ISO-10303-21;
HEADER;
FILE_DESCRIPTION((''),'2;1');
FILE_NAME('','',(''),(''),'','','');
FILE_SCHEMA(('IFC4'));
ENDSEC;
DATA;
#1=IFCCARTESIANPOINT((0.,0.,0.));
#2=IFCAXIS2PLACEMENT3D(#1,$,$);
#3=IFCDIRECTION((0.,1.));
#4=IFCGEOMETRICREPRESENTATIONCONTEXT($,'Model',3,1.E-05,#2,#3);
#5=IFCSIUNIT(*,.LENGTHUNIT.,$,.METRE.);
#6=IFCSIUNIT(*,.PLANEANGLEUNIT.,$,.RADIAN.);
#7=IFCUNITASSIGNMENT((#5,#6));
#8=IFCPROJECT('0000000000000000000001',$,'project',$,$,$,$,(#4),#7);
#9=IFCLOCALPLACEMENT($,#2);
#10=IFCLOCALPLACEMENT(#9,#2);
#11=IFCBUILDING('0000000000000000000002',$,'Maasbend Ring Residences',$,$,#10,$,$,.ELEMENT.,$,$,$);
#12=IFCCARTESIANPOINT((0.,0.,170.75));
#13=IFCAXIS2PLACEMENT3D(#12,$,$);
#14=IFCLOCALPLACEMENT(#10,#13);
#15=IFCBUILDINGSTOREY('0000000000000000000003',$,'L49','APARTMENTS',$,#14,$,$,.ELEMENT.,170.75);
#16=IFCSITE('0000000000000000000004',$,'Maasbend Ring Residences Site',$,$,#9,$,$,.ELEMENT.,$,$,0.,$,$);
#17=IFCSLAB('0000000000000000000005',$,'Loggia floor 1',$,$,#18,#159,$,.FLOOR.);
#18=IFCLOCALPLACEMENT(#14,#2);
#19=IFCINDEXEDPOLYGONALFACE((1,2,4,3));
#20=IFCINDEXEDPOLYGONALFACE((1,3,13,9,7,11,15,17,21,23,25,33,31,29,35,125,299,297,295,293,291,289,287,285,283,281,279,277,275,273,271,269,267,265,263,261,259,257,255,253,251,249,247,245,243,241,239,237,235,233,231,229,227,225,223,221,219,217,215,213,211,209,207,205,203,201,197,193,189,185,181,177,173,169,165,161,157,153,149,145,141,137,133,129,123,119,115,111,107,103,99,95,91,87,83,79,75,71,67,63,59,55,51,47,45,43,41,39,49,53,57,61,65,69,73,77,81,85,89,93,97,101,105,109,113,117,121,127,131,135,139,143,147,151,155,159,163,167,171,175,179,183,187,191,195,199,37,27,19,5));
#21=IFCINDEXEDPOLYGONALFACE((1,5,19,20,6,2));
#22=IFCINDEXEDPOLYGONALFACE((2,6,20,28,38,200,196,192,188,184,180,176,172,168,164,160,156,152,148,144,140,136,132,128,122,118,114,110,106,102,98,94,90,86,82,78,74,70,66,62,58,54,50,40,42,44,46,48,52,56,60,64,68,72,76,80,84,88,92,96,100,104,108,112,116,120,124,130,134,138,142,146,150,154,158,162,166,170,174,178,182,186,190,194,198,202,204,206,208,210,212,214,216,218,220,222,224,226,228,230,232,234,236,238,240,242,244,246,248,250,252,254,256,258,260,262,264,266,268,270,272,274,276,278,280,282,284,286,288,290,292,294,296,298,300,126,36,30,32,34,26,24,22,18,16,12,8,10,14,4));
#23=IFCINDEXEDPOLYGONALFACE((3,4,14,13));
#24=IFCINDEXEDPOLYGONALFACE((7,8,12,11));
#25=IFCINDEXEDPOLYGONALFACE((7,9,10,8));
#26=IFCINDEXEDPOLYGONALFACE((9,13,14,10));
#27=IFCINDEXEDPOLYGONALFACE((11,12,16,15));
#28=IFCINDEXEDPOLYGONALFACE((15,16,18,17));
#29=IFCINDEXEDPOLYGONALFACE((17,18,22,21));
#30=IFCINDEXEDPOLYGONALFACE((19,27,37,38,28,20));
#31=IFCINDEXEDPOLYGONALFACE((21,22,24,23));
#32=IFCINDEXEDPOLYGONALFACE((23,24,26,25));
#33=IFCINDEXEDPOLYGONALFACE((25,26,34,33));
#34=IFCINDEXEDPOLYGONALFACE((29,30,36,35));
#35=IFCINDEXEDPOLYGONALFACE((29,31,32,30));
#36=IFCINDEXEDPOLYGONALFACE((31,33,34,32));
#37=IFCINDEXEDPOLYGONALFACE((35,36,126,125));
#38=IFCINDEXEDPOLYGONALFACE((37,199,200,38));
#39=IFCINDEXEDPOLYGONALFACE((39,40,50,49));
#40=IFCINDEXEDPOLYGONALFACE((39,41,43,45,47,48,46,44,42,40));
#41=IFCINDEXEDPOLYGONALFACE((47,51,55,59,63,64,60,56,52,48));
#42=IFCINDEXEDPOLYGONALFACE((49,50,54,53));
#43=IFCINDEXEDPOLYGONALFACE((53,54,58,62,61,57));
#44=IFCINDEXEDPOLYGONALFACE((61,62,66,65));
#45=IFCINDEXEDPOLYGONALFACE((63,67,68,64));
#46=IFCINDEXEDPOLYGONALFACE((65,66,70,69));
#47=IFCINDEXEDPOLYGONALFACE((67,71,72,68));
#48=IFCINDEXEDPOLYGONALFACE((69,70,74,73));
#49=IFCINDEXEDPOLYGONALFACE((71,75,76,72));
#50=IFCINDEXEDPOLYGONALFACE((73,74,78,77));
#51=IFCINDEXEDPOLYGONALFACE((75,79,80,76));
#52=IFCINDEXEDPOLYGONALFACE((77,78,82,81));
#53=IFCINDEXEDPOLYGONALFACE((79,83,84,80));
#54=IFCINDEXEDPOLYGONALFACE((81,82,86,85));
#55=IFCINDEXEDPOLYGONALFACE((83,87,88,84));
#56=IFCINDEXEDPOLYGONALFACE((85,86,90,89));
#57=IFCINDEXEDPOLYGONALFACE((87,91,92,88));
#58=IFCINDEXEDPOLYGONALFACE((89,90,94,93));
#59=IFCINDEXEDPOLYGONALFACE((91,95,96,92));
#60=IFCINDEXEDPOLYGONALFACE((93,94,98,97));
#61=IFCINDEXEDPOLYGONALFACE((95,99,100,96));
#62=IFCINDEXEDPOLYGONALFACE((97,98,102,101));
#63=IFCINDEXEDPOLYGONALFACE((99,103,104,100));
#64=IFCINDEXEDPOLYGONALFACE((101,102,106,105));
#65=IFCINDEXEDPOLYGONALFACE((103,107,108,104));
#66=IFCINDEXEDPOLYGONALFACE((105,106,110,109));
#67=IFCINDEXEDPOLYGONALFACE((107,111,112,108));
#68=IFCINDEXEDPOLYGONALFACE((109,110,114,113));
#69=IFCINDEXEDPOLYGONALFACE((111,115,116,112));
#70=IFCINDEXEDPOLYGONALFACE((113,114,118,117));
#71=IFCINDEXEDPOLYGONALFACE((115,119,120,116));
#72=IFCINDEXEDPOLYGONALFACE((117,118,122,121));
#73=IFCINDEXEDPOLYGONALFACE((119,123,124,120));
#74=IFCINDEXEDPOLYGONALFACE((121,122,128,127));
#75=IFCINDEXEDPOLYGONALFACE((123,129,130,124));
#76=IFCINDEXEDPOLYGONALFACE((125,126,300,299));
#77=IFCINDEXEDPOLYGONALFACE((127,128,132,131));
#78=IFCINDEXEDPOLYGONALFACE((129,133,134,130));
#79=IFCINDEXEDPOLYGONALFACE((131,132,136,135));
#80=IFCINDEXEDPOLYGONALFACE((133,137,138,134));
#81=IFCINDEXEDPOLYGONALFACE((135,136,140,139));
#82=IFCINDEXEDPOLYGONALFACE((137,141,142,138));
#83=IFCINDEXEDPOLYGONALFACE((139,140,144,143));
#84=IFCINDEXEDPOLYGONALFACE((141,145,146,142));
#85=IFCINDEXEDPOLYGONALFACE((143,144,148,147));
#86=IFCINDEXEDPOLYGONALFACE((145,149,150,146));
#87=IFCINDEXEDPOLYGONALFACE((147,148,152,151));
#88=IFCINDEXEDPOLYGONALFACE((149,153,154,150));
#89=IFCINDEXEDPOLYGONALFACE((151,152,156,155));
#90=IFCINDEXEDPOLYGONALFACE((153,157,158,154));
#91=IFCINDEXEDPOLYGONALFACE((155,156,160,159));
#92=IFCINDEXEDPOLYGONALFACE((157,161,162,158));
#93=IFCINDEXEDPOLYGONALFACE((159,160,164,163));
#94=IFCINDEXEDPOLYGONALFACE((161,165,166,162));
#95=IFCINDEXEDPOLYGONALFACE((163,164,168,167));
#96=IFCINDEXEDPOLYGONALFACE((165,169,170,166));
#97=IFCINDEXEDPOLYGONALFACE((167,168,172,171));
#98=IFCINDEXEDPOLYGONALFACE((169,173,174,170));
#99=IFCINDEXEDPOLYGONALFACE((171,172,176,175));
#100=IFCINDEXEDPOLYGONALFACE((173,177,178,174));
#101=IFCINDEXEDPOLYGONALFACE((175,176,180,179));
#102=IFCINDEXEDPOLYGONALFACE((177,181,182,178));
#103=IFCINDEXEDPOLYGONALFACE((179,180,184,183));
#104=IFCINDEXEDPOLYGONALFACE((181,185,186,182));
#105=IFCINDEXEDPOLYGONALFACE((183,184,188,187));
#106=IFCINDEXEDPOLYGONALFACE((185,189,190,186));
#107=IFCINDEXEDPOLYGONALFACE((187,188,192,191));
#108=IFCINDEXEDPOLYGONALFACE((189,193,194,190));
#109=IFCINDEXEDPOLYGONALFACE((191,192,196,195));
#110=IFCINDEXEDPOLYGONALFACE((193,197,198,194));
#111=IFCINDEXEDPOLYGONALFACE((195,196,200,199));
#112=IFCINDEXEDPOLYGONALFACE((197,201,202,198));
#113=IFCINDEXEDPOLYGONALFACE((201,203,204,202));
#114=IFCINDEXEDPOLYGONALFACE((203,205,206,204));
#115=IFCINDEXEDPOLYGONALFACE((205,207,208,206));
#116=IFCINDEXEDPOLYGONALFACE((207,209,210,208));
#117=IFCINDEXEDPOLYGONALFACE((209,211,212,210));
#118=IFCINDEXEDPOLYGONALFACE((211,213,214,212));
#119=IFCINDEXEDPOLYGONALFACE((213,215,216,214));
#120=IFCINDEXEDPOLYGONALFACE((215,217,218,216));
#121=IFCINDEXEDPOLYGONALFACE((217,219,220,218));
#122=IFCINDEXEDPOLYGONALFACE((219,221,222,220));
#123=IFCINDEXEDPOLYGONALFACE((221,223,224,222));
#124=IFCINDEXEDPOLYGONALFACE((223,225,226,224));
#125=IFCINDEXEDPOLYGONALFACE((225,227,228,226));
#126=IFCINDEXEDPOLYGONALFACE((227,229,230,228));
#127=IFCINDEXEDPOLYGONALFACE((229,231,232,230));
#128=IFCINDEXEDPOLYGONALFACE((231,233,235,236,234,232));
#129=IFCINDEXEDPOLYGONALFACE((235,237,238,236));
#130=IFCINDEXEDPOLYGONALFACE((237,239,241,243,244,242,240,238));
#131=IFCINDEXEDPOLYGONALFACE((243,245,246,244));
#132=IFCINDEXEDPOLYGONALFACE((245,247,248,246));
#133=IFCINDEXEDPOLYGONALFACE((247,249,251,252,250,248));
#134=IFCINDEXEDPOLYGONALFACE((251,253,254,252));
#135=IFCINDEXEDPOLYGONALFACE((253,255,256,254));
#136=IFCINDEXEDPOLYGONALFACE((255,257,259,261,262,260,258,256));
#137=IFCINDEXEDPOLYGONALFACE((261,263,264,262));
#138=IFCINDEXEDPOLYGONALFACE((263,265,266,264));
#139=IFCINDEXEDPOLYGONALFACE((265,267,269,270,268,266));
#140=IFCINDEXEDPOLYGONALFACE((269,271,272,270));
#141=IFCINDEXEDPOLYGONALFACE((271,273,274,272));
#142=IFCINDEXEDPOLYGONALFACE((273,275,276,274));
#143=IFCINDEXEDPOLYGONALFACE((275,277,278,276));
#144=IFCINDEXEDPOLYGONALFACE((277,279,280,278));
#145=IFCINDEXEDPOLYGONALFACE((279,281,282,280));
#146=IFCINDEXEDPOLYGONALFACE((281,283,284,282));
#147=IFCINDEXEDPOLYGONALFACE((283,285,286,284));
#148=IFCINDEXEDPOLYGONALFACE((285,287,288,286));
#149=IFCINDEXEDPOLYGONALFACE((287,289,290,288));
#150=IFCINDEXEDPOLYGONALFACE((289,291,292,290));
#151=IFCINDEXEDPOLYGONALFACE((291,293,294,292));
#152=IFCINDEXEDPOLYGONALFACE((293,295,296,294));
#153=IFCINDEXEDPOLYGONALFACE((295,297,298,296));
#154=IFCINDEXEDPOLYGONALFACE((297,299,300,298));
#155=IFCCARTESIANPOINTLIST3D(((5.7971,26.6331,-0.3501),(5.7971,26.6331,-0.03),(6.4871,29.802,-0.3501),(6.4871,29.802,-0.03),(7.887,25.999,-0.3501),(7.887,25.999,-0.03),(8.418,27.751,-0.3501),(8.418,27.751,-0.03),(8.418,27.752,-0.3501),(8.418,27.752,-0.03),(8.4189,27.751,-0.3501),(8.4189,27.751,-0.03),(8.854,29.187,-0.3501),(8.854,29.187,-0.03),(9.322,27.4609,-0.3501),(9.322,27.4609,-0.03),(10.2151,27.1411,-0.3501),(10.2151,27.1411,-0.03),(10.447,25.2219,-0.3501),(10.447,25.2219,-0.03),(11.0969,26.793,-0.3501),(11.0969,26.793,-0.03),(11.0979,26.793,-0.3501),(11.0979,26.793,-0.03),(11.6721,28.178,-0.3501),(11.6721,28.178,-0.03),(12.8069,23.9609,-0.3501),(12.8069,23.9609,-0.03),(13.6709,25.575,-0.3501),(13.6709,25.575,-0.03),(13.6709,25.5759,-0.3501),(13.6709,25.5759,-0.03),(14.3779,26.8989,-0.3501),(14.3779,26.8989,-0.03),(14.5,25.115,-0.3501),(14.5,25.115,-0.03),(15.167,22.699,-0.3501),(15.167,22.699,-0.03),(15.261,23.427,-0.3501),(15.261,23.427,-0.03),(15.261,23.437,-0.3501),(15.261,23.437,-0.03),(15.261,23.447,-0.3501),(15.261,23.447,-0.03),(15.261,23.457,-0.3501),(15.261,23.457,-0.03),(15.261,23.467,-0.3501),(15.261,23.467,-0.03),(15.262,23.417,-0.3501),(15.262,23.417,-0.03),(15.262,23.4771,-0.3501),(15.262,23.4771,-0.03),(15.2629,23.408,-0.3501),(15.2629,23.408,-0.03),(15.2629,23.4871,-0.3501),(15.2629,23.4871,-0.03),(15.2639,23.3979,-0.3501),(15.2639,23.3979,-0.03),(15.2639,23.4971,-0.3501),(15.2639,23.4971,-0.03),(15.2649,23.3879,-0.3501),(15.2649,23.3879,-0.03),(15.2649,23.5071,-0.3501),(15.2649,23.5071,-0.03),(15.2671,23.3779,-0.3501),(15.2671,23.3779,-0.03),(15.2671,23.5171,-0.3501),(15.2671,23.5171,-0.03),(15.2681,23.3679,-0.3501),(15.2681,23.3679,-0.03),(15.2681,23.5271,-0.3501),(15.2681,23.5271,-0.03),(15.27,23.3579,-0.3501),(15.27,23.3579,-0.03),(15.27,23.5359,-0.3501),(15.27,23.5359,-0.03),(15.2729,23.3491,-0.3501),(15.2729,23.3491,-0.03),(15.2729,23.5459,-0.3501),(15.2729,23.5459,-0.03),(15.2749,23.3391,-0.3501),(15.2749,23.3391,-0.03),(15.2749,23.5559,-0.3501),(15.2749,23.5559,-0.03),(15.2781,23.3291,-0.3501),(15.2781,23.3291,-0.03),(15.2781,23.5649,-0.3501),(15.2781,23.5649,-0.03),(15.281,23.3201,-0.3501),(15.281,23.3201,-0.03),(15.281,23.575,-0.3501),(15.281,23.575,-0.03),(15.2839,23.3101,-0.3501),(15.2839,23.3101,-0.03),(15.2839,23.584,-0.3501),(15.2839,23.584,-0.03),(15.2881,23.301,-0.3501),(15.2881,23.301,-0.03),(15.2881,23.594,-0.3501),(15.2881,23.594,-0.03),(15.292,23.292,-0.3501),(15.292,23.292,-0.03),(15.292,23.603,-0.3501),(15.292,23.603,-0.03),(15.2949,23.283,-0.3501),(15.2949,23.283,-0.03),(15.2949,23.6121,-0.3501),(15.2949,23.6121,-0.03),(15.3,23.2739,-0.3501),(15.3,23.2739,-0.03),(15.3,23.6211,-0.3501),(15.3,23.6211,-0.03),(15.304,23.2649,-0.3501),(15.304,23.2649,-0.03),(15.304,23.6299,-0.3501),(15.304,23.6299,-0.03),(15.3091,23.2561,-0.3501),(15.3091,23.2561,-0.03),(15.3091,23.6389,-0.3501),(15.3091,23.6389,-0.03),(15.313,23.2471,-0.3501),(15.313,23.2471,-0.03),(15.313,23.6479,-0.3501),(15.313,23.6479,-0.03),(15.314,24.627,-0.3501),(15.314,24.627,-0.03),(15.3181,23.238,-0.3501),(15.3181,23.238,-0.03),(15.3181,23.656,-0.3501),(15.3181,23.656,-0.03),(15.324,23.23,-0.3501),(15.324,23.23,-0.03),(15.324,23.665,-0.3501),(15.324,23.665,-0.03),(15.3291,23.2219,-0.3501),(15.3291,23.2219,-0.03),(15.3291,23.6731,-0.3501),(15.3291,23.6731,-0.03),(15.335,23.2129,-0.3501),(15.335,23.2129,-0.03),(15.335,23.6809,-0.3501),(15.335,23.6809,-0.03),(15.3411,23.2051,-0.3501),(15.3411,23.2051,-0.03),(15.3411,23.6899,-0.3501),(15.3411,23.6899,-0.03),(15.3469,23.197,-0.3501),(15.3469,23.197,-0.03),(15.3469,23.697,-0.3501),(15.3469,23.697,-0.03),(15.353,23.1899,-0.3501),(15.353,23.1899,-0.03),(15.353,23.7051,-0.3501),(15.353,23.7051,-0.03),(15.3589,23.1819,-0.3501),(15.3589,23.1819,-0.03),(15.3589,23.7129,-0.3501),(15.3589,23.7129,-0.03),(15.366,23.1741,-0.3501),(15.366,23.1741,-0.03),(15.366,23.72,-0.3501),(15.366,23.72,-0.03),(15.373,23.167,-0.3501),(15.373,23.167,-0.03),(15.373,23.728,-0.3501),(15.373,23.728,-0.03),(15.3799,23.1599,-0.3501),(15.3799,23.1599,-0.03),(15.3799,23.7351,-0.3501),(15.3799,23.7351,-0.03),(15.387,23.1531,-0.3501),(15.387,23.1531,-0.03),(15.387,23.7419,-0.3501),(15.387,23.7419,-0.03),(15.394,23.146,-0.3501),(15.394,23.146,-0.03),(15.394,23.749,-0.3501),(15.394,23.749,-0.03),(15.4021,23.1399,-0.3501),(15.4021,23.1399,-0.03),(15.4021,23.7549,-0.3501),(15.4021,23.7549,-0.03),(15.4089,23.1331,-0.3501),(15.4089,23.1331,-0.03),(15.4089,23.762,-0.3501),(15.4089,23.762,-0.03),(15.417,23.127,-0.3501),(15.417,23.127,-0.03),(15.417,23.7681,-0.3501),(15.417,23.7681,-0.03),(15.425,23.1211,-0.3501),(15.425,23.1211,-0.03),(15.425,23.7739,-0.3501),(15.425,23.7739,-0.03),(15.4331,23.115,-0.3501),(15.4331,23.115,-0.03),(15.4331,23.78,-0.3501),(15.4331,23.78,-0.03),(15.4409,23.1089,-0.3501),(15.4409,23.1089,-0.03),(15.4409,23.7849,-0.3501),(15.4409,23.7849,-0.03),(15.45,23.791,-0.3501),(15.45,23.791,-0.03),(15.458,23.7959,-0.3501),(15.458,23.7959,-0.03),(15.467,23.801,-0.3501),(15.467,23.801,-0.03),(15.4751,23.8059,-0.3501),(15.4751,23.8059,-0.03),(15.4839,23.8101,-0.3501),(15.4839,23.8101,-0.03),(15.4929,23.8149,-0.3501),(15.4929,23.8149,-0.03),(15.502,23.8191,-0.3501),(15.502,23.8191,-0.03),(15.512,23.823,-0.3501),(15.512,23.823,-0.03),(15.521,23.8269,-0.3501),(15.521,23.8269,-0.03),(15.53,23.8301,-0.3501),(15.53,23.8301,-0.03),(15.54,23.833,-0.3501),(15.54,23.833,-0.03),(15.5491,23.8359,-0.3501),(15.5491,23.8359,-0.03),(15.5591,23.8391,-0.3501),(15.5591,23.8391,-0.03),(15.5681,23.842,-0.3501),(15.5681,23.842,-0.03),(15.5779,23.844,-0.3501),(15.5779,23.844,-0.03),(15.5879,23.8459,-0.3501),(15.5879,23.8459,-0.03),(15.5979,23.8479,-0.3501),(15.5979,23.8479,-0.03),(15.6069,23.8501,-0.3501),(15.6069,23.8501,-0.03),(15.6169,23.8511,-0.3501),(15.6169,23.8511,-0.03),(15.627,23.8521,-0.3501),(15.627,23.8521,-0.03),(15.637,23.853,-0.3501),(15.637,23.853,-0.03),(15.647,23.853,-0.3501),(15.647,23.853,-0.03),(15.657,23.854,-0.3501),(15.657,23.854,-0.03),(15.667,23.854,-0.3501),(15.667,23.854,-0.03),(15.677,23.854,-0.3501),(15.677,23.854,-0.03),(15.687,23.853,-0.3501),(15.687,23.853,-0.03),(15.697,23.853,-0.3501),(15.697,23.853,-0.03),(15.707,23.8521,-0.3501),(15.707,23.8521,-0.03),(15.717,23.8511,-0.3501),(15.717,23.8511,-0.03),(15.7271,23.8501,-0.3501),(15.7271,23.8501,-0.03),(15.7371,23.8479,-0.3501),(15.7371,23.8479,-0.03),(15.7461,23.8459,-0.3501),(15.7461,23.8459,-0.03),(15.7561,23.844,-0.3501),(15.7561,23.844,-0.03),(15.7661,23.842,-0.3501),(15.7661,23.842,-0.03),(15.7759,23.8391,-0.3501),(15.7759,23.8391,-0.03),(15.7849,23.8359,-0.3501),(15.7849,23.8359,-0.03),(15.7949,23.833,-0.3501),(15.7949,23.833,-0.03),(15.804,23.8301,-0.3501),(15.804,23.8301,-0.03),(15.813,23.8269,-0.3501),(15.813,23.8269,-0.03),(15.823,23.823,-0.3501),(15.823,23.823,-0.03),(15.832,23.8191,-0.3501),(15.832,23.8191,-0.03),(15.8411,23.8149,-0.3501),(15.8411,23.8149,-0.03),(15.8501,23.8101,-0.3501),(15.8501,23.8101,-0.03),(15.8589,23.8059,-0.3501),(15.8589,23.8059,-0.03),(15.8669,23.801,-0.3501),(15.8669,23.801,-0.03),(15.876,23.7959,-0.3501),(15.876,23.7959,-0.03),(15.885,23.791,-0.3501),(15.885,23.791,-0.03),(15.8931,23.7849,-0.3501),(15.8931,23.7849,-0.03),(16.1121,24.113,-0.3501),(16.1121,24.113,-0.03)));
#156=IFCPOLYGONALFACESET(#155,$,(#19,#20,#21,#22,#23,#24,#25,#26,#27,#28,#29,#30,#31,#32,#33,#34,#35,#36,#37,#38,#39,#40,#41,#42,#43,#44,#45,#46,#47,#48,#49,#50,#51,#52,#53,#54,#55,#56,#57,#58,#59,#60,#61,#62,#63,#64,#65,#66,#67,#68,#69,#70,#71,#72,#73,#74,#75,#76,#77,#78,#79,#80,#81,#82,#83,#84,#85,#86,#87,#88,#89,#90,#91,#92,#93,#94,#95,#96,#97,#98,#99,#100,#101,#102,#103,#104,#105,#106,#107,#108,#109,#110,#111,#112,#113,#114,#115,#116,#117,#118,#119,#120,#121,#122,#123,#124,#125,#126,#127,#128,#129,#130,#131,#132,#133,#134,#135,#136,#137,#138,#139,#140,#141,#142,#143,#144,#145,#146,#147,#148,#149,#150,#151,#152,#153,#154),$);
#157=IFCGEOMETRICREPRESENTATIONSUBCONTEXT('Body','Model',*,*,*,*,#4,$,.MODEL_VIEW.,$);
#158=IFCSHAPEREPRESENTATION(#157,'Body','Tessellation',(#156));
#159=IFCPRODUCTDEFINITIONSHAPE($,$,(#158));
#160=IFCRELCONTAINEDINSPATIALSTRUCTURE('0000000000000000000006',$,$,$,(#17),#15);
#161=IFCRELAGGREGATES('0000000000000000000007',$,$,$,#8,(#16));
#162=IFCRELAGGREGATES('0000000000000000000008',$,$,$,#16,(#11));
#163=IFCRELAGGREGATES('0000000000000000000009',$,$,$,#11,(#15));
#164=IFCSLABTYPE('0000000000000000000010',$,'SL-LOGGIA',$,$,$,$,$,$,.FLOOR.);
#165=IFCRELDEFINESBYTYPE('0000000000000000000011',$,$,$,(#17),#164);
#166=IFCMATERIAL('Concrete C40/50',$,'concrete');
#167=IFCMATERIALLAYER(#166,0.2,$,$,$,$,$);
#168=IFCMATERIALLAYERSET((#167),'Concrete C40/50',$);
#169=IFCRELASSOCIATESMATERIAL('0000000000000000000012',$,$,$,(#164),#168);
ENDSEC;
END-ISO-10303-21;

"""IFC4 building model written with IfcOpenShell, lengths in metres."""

from ifc_helpers import new_model, si_unit, direction, frame, origin, place, context, subcontext, project, spatial, polyline, outline, extrude, material, layer, layer_set, type_object, element, save


model = new_model("IFC4")

# Units and contexts
model_context = context("Model", 3, precision=1e-05, world=origin(), true_north=direction((0.0, 1.0)))
body_context = subcontext(model_context, "Body", "Model", "MODEL_VIEW")
ifc_project = project(units=[si_unit("LENGTHUNIT", "METRE"), si_unit("PLANEANGLEUNIT", "RADIAN")], contexts=[model_context])

# Site, building, storey
site_placement = place(None, origin())
site = spatial("IfcSite", under=ifc_project, at=site_placement, Name="Maasbend Ring Residences Site", CompositionType="ELEMENT", RefElevation=0.0)
building_placement = place(site_placement, origin())
building = spatial("IfcBuilding", under=site, at=building_placement, Name="Maasbend Ring Residences", CompositionType="ELEMENT")
storey_placement = place(building_placement, frame((0.0, 0.0, 170.75)))
storey = spatial("IfcBuildingStorey", under=building, at=storey_placement, Name="L49", Description="APARTMENTS", CompositionType="ELEMENT", Elevation=170.75)

# Slab
ifc_material_1 = material(Name="Concrete C40/50", Category="concrete")
ifc_layer_1 = layer(ifc_material_1, 0.2)
ifc_layer_set_1 = layer_set([ifc_layer_1], Name="Concrete C40/50")
slab_type_1 = type_object("IfcSlabType", Name="SL-LOGGIA", PredefinedType="FLOOR", material=ifc_layer_set_1)
slab_1_placement = place(storey_placement, frame((0.0, 0.0, -0.3501)))
element("IfcSlab", 1, at=slab_1_placement, inside=storey, type_object=slab_type_1, Name="Loggia floor 1", PredefinedType="FLOOR", context=body_context, shape_type="SweptSolid", body=[
    extrude(outline(polyline([(8.854, 29.187), (8.854, 29.187), (8.854, 29.187), (8.418, 27.752), (8.418, 27.752), (8.418, 27.752), (8.418, 27.752), (8.418, 27.752), (8.418, 27.752), (8.418, 27.751), (8.418, 27.751), (8.418, 27.751), (8.418, 27.751), (8.418, 27.751), (8.4189, 27.751), (8.4189, 27.751), (8.4189, 27.751), (8.4189, 27.751), (8.4189, 27.751), (8.4189, 27.751), (9.322, 27.4609), (9.322, 27.4609), (10.2151, 27.1411), (10.2151, 27.1411), (11.0969, 26.793), (11.0969, 26.793), (11.0969, 26.793), (11.0979, 26.793), (11.0979, 26.793), (11.0979, 26.793), (11.0979, 26.793), (11.0979, 26.793), (11.0979, 26.793), (11.0979, 26.793), (11.0979, 26.793), (11.0979, 26.793), (11.0979, 26.793), (11.0979, 26.793), (11.0979, 26.793), (11.0979, 26.793), (11.0979, 26.793), (11.6721, 28.178), (11.6721, 28.178), (11.6721, 28.178), (14.3779, 26.8989), (14.3779, 26.8989), (14.3779, 26.8989), (13.6709, 25.5759), (13.6709, 25.5759), (13.6709, 25.5759), (13.6709, 25.5759), (13.6709, 25.5759), (13.6709, 25.5759), (13.6709, 25.5759), (13.6709, 25.5759), (13.6709, 25.5759), (13.6709, 25.5759), (13.6709, 25.5759), (13.6709, 25.5759), (13.6709, 25.5759), (13.6709, 25.5759), (13.6709, 25.5759), (13.6709, 25.5759), (13.6709, 25.575), (14.5, 25.115), (14.5, 25.115), (15.314, 24.627), (15.314, 24.627), (16.1121, 24.113), (16.1121, 24.113), (16.1121, 24.113), (15.8931, 23.7849), (15.885, 23.791), (15.876, 23.7959), (15.8669, 23.801), (15.8589, 23.8059), (15.8501, 23.8101), (15.8411, 23.8149), (15.832, 23.8191), (15.823, 23.823), (15.813, 23.8269), (15.804, 23.8301), (15.7949, 23.833), (15.7849, 23.8359), (15.7759, 23.8391), (15.7661, 23.842), (15.7561, 23.844), (15.7461, 23.8459), (15.7371, 23.8479), (15.7271, 23.8501), (15.717, 23.8511), (15.707, 23.8521), (15.697, 23.853), (15.687, 23.853), (15.677, 23.854), (15.667, 23.854), (15.657, 23.854), (15.647, 23.853), (15.637, 23.853), (15.627, 23.8521), (15.6169, 23.8511), (15.6069, 23.8501), (15.5979, 23.8479), (15.5879, 23.8459), (15.5779, 23.844), (15.5681, 23.842), (15.5591, 23.8391), (15.5491, 23.8359), (15.54, 23.833), (15.53, 23.8301), (15.521, 23.8269), (15.512, 23.823), (15.502, 23.8191), (15.4929, 23.8149), (15.4839, 23.8101), (15.4751, 23.8059), (15.467, 23.801), (15.458, 23.7959), (15.45, 23.791), (15.4409, 23.7849), (15.4331, 23.78), (15.425, 23.7739), (15.417, 23.7681), (15.4089, 23.762), (15.4021, 23.7549), (15.394, 23.749), (15.387, 23.7419), (15.3799, 23.7351), (15.373, 23.728), (15.366, 23.72), (15.3589, 23.7129), (15.353, 23.7051), (15.3469, 23.697), (15.3411, 23.6899), (15.335, 23.6809), (15.3291, 23.6731), (15.324, 23.665), (15.3181, 23.656), (15.313, 23.6479), (15.3091, 23.6389), (15.304, 23.6299), (15.3, 23.6211), (15.2949, 23.6121), (15.292, 23.603), (15.2881, 23.594), (15.2839, 23.584), (15.281, 23.575), (15.2781, 23.5649), (15.2749, 23.5559), (15.2729, 23.5459), (15.27, 23.5359), (15.2681, 23.5271), (15.2671, 23.5171), (15.2649, 23.5071), (15.2639, 23.4971), (15.2629, 23.4871), (15.262, 23.4771), (15.261, 23.467), (15.261, 23.457), (15.261, 23.447), (15.261, 23.437), (15.261, 23.427), (15.262, 23.417), (15.2629, 23.408), (15.2639, 23.3979), (15.2649, 23.3879), (15.2671, 23.3779), (15.2681, 23.3679), (15.27, 23.3579), (15.2729, 23.3491), (15.2749, 23.3391), (15.2781, 23.3291), (15.281, 23.3201), (15.2839, 23.3101), (15.2881, 23.301), (15.292, 23.292), (15.2949, 23.283), (15.3, 23.2739), (15.304, 23.2649), (15.3091, 23.2561), (15.313, 23.2471), (15.3181, 23.238), (15.324, 23.23), (15.3291, 23.2219), (15.335, 23.2129), (15.3411, 23.2051), (15.3469, 23.197), (15.353, 23.1899), (15.3589, 23.1819), (15.366, 23.1741), (15.373, 23.167), (15.3799, 23.1599), (15.387, 23.1531), (15.394, 23.146), (15.4021, 23.1399), (15.4089, 23.1331), (15.417, 23.127), (15.425, 23.1211), (15.4331, 23.115), (15.4409, 23.1089), (15.167, 22.699), (15.167, 22.699), (15.167, 22.699), (12.8069, 23.9609), (10.447, 25.2219), (10.447, 25.2219), (10.447, 25.2219), (7.887, 25.999), (5.7971, 26.6331), (5.7971, 26.6331), (5.7971, 26.6331), (6.4871, 29.802), (6.4871, 29.802), (6.4871, 29.802), (8.854, 29.187)])), origin(), (0.0, 0.0, 1.0), 0.3201),
])

save(model, "model.ifc")
